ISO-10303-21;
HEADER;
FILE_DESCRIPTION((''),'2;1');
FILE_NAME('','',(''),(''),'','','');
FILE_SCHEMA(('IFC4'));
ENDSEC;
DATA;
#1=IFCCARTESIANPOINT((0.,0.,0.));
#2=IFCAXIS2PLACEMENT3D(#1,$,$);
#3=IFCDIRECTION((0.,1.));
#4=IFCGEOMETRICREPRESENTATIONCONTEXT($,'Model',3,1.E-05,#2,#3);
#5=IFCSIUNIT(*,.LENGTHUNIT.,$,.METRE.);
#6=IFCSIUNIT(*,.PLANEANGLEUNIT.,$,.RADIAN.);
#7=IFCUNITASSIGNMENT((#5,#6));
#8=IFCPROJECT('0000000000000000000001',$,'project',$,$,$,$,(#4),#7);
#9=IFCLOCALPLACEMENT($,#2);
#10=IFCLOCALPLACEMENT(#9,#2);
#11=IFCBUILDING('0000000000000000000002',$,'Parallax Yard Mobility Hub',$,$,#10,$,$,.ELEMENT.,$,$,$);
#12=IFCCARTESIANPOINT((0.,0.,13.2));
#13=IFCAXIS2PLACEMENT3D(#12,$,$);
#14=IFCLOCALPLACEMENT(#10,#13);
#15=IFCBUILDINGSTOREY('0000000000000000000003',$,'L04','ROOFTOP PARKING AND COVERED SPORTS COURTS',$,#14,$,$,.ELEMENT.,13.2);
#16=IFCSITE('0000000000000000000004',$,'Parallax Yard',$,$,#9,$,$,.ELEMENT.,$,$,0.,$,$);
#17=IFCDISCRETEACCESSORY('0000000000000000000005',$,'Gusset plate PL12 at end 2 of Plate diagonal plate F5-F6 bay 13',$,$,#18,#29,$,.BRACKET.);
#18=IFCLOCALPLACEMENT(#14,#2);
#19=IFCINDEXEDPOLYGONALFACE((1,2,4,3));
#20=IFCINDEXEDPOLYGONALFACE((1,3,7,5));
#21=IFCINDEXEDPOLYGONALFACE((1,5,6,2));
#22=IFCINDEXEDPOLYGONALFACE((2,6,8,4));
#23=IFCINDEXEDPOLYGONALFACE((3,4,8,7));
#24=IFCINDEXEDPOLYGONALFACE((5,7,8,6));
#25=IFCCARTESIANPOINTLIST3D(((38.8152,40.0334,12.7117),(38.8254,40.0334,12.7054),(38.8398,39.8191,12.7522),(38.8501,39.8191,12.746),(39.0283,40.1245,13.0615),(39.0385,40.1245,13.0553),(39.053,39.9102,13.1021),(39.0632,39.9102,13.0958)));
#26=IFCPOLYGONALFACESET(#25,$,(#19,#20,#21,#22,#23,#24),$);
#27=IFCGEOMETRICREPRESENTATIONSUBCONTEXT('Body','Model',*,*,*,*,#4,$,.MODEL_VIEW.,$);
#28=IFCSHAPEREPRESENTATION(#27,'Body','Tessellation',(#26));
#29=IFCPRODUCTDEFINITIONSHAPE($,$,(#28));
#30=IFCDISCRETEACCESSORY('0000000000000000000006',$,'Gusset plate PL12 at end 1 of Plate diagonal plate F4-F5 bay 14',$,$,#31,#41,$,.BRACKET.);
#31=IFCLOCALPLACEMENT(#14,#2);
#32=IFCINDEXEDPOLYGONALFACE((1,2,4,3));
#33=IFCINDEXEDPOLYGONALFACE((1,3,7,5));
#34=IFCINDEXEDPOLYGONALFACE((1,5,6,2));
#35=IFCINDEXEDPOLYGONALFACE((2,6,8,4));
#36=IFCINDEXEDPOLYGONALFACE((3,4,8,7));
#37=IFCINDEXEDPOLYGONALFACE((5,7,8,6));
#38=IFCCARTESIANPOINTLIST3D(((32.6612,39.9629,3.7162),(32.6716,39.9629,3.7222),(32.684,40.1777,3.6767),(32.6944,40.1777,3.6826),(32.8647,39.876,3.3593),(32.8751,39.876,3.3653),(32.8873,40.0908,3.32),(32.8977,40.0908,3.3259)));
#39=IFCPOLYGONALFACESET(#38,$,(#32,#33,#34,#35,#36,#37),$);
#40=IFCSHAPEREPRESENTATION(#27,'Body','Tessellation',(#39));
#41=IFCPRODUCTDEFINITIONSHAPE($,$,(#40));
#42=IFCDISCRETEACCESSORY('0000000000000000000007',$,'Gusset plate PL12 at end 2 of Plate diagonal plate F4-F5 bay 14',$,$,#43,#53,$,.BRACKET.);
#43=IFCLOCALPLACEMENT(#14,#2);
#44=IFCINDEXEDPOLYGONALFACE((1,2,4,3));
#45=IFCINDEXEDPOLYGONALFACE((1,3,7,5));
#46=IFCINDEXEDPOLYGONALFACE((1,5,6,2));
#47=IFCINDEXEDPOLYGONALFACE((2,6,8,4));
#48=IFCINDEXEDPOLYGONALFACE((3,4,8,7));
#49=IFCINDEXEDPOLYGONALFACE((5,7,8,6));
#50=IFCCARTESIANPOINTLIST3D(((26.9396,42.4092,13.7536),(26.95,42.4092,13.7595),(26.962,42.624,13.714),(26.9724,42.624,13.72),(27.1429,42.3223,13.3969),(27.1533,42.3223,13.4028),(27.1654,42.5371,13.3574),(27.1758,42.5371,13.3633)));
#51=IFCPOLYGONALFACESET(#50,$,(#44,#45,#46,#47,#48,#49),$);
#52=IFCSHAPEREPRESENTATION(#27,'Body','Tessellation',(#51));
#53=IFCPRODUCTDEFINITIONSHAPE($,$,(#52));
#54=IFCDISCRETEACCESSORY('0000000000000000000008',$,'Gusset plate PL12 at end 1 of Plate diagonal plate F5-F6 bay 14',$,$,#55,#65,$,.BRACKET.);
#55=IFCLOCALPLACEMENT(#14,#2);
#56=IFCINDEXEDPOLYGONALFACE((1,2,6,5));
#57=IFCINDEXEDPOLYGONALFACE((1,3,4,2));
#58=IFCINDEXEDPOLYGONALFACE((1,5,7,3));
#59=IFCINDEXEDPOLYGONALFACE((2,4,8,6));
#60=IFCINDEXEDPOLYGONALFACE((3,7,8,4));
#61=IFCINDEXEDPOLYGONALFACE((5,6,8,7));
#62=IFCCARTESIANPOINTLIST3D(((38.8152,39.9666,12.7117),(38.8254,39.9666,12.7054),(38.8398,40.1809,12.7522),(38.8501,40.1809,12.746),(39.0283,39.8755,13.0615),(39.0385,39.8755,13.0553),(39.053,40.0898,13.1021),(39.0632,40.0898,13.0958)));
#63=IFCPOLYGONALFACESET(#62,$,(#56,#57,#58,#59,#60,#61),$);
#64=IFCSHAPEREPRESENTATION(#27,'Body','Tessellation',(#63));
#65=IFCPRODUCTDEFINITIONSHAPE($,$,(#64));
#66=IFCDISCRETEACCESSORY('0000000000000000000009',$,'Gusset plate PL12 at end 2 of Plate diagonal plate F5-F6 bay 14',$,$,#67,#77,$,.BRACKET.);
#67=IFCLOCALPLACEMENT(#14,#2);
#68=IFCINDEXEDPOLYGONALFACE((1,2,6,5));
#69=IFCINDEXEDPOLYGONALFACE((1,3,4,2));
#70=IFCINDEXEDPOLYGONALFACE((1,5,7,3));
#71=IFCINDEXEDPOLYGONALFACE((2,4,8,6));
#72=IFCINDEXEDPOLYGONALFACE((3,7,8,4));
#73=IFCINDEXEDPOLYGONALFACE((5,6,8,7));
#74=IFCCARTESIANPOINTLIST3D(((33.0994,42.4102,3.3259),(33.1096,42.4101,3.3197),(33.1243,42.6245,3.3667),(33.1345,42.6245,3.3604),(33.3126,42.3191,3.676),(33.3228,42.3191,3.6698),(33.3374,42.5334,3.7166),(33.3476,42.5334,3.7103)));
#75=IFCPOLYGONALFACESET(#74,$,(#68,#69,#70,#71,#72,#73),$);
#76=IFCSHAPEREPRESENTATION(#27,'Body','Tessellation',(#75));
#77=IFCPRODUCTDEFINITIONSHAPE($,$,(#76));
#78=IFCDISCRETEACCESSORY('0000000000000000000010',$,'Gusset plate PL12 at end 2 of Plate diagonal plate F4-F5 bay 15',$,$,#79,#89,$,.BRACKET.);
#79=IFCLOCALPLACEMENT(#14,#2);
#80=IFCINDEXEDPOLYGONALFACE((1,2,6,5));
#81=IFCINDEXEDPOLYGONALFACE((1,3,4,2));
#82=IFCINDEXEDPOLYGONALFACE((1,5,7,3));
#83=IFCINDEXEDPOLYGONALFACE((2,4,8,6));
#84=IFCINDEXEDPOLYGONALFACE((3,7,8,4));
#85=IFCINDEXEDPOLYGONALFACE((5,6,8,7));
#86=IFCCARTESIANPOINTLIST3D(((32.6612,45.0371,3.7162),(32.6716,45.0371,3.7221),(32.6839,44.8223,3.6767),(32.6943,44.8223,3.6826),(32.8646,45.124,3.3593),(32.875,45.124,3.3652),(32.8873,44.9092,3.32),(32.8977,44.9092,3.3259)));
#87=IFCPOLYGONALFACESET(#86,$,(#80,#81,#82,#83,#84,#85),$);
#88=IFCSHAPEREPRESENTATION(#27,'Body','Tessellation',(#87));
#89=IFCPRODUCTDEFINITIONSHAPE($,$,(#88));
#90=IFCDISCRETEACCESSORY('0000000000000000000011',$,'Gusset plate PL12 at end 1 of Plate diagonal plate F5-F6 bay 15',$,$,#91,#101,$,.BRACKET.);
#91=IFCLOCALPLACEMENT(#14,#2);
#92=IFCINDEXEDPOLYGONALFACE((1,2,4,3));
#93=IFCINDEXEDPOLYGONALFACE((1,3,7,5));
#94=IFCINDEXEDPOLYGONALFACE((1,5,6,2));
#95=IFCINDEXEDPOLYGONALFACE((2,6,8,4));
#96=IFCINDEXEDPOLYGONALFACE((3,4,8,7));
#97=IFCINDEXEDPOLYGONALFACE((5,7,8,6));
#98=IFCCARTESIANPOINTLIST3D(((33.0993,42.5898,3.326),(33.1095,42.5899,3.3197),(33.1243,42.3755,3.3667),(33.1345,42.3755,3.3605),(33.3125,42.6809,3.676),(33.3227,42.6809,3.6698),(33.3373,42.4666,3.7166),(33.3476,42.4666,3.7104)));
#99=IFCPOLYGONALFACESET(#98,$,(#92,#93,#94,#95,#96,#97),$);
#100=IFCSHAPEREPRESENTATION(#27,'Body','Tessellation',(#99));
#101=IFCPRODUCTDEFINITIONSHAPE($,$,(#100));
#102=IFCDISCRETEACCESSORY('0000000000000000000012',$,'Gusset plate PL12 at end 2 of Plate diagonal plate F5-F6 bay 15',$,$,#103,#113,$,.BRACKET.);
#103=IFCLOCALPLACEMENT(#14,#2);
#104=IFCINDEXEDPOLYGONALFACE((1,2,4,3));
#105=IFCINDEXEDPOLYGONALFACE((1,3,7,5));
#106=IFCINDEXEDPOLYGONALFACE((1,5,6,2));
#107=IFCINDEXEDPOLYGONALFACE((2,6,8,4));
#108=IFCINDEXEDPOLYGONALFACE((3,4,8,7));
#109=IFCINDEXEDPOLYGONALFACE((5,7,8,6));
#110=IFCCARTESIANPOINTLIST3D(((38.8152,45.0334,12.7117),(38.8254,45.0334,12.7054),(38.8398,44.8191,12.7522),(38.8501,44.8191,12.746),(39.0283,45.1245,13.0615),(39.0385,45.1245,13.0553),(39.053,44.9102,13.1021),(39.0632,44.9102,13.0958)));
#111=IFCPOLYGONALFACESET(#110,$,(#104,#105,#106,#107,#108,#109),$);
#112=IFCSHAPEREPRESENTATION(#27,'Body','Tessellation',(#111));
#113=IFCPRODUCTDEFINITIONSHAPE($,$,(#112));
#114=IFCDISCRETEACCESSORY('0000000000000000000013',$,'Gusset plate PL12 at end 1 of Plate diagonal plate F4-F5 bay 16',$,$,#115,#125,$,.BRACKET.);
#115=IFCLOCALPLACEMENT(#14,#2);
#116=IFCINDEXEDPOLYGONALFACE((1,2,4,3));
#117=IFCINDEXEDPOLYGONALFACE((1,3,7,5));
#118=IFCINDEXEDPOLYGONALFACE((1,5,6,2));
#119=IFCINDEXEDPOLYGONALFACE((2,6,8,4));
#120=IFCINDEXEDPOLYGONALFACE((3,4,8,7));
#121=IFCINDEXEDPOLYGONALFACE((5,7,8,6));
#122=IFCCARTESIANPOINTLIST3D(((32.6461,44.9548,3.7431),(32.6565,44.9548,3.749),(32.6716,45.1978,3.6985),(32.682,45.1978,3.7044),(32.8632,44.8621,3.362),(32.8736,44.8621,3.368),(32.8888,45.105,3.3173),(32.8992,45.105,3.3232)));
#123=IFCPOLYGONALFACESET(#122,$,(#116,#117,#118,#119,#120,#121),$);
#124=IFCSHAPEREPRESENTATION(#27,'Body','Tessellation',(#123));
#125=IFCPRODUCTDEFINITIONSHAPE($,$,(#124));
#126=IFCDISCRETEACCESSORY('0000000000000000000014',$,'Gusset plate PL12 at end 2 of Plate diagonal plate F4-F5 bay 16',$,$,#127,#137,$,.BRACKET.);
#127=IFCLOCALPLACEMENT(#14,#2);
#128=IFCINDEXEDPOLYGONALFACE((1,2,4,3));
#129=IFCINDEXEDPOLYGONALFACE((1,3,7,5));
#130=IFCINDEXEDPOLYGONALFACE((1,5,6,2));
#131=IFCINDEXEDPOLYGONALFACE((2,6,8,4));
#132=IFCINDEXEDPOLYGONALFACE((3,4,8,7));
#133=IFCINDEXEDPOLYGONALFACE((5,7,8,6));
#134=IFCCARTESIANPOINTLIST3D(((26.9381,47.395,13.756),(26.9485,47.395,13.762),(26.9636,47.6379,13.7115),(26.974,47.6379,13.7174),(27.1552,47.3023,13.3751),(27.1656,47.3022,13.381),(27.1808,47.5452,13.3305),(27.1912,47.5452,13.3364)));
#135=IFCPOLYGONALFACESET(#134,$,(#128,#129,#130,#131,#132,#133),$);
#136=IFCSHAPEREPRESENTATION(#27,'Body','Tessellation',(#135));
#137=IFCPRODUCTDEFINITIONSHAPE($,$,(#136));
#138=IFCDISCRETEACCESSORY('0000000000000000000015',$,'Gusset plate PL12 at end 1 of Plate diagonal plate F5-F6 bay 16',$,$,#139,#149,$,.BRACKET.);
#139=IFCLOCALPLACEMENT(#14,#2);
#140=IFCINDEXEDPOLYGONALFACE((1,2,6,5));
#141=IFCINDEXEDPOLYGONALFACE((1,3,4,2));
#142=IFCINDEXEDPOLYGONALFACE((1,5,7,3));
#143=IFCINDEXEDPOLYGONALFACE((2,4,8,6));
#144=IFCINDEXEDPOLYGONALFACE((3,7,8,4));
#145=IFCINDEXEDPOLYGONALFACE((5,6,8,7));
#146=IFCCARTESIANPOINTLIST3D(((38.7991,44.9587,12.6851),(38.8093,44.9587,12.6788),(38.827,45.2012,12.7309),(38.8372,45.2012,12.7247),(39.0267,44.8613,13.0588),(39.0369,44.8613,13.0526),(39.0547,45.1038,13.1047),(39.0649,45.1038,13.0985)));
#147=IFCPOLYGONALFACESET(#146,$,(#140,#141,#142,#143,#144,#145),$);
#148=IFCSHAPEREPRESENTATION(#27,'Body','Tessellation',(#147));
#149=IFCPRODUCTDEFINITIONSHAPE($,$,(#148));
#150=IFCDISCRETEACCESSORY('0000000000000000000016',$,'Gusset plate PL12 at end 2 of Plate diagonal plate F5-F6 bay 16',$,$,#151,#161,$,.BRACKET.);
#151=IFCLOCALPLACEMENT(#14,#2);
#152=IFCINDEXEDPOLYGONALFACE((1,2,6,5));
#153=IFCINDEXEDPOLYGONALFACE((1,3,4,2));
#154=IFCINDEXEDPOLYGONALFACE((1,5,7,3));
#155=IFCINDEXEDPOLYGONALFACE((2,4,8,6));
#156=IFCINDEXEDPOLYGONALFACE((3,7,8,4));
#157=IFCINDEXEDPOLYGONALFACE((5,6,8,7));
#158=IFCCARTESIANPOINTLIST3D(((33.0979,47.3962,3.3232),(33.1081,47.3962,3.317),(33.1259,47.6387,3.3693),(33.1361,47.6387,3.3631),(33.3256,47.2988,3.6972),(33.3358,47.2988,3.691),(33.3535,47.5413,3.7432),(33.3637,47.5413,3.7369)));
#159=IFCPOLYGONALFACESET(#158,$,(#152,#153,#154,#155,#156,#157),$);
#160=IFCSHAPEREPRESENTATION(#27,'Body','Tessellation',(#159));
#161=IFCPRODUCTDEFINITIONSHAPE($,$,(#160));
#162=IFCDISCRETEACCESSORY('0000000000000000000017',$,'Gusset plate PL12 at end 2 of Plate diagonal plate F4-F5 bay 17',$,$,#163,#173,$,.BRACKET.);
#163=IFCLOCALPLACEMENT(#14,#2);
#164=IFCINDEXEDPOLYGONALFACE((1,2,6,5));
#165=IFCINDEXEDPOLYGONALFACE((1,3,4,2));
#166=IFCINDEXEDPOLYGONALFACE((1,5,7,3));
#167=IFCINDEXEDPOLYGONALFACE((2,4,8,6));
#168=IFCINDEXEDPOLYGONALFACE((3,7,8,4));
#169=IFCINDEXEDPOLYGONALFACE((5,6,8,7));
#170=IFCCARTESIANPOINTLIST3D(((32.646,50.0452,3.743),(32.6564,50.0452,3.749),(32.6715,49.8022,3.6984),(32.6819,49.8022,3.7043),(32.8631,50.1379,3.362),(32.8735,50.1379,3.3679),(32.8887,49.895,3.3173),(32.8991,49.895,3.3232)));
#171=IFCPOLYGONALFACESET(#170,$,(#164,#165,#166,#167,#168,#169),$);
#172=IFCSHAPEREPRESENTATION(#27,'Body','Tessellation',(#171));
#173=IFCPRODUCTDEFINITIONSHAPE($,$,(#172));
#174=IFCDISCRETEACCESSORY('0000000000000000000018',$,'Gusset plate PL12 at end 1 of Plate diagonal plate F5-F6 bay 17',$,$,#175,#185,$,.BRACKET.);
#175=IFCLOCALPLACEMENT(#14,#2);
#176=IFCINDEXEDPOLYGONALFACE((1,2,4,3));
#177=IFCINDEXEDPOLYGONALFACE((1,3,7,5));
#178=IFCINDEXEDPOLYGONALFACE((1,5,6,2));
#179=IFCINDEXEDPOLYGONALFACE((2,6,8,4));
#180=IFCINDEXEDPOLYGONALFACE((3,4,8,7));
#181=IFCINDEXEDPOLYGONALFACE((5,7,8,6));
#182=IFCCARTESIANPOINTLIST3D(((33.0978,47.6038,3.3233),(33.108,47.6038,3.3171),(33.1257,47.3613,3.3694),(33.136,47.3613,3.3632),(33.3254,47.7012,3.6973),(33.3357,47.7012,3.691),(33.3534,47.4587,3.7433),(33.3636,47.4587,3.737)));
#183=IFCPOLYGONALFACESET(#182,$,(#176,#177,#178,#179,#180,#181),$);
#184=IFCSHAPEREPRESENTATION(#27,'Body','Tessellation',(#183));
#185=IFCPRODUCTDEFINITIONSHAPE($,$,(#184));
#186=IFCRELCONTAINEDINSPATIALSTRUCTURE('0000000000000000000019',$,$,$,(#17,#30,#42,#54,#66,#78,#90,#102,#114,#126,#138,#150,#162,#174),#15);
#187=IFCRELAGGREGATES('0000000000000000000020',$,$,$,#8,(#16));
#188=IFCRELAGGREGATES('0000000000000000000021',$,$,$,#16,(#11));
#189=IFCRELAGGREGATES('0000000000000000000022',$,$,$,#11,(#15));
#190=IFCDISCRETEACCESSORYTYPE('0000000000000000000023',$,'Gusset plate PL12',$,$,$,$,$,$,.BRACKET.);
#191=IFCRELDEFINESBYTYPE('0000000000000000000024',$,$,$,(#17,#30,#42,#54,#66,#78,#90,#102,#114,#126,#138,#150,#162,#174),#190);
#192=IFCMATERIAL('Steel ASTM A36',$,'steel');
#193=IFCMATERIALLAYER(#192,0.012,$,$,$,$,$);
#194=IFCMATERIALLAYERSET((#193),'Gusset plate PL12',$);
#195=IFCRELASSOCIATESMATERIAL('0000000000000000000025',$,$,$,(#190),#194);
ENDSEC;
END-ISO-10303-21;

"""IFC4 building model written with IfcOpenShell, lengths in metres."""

from ifc_helpers import new_model, si_unit, direction, frame, origin, place, context, subcontext, project, spatial, polyline, outline, extrude, material, layer, layer_set, type_object, element, save


model = new_model("IFC4")

# Units and contexts
model_context = context("Model", 3, precision=1e-05, world=origin(), true_north=direction((0.0, 1.0)))
body_context = subcontext(model_context, "Body", "Model", "MODEL_VIEW")
ifc_project = project(units=[si_unit("LENGTHUNIT", "METRE"), si_unit("PLANEANGLEUNIT", "RADIAN")], contexts=[model_context])

# Site, building, storey
site_placement = place(None, origin())
site = spatial("IfcSite", under=ifc_project, at=site_placement, Name="Parallax Yard", CompositionType="ELEMENT", RefElevation=0.0)
building_placement = place(site_placement, origin())
building = spatial("IfcBuilding", under=site, at=building_placement, Name="Parallax Yard Mobility Hub", CompositionType="ELEMENT")
storey_placement = place(building_placement, frame((0.0, 0.0, 13.2)))
storey = spatial("IfcBuildingStorey", under=building, at=storey_placement, Name="L04", Description="ROOFTOP PARKING AND COVERED SPORTS COURTS", CompositionType="ELEMENT", Elevation=13.2)

# Discrete accessories
ifc_material_1 = material(Name="Steel ASTM A36", Category="steel")
ifc_layer = layer(ifc_material_1, 0.012)
ifc_layer_set = layer_set([ifc_layer], Name="Gusset plate PL12")
discrete_accessory_type = type_object("IfcDiscreteAccessoryType", Name="Gusset plate PL12", PredefinedType="BRACKET", material=ifc_layer_set)
discrete_accessory_1_placement = place(storey_placement, frame((38.8398, 39.8191, 12.7522), z_axis=(-0.854017, 0.00012, 0.520246), x_axis=(0.507872, 0.216994, 0.833654)))
element("IfcDiscreteAccessory", 1, at=discrete_accessory_1_placement, inside=storey, type_object=discrete_accessory_type, Name="Gusset plate PL12 at end 2 of Plate diagonal plate F5-F6 bay 13", PredefinedType="BRACKET", context=body_context, shape_type="SweptSolid", body=[
    extrude(outline(polyline([(0.0, 0.0), (0.4197, 0.0), (0.4199, 0.2195), (0.0002, 0.2195), (0.0, 0.0)])), origin(), (0.0, 0.0, -1.0), 0.012),
])
discrete_accessory_2_placement = place(storey_placement, frame((32.6716, 39.9629, 3.7222), z_axis=(0.868697, -0.000899, 0.495343), x_axis=(0.484455, -0.206988, -0.849976)))
element("IfcDiscreteAccessory", 2, at=discrete_accessory_2_placement, inside=storey, type_object=discrete_accessory_type, Name="Gusset plate PL12 at end 1 of Plate diagonal plate F4-F5 bay 14", PredefinedType="BRACKET", context=body_context, shape_type="SweptSolid", body=[
    extrude(outline(polyline([(0.0, 0.0), (0.4199, 0.0), (0.4198, 0.2196), (0.0001, 0.2196), (0.0, 0.0)])), origin(), (0.0, 0.0, -1.0), 0.012),
])
discrete_accessory_3_placement = place(storey_placement, frame((27.1758, 42.5371, 13.3633), z_axis=(0.868755, 0.000345, 0.495243), x_axis=(-0.484569, 0.207091, 0.849886)))
element("IfcDiscreteAccessory", 3, at=discrete_accessory_3_placement, inside=storey, type_object=discrete_accessory_type, Name="Gusset plate PL12 at end 2 of Plate diagonal plate F4-F5 bay 14", PredefinedType="BRACKET", context=body_context, shape_type="SweptSolid", body=[
    extrude(outline(polyline([(0.0, 0.0), (0.4197, 0.0), (0.4197, 0.2196), (0.0, 0.2196), (0.0, 0.0)])), origin(), (0.0, 0.0, -1.0), 0.012),
])
discrete_accessory_4_placement = place(storey_placement, frame((38.8152, 39.9666, 12.7117), z_axis=(-0.854017, -0.00012, 0.520246), x_axis=(0.507872, -0.216994, 0.833654)))
element("IfcDiscreteAccessory", 4, at=discrete_accessory_4_placement, inside=storey, type_object=discrete_accessory_type, Name="Gusset plate PL12 at end 1 of Plate diagonal plate F5-F6 bay 14", PredefinedType="BRACKET", context=body_context, shape_type="SweptSolid", body=[
    extrude(outline(polyline([(0.0, 0.0), (0.4197, 0.0), (0.4195, 0.2195), (-0.0002, 0.2195), (0.0, 0.0)])), origin(), (0.0, 0.0, -1.0), 0.012),
])
discrete_accessory_5_placement = place(storey_placement, frame((33.3374, 42.5334, 3.7166), z_axis=(-0.854019, 0.000558, 0.520242), x_axis=(-0.507743, 0.216994, -0.833733)))
element("IfcDiscreteAccessory", 5, at=discrete_accessory_5_placement, inside=storey, type_object=discrete_accessory_type, Name="Gusset plate PL12 at end 2 of Plate diagonal plate F5-F6 bay 14", PredefinedType="BRACKET", context=body_context, shape_type="SweptSolid", body=[
    extrude(outline(polyline([(0.0, 0.0), (0.4197, 0.0), (0.4198, 0.2196), (-0.0001, 0.2196), (0.0, 0.0)])), origin(), (0.0, 0.0, -1.0), 0.012),
])
discrete_accessory_6_placement = place(storey_placement, frame((32.6943, 44.8223, 3.6826), z_axis=(0.868697, 0.000899, 0.495343), x_axis=(0.484444, 0.207091, -0.849958)))
element("IfcDiscreteAccessory", 6, at=discrete_accessory_6_placement, inside=storey, type_object=discrete_accessory_type, Name="Gusset plate PL12 at end 2 of Plate diagonal plate F4-F5 bay 15", PredefinedType="BRACKET", context=body_context, shape_type="SweptSolid", body=[
    extrude(outline(polyline([(0.0, 0.0), (0.4197, 0.0), (0.4198, 0.2196), (-0.0001, 0.2196), (0.0, 0.0)])), origin(), (0.0, 0.0, -1.0), 0.012),
])
discrete_accessory_7_placement = place(storey_placement, frame((33.3125, 42.6809, 3.676), z_axis=(-0.854019, -0.000558, 0.520242), x_axis=(-0.507755, -0.216889, -0.833753)))
element("IfcDiscreteAccessory", 7, at=discrete_accessory_7_placement, inside=storey, type_object=discrete_accessory_type, Name="Gusset plate PL12 at end 1 of Plate diagonal plate F5-F6 bay 15", PredefinedType="BRACKET", context=body_context, shape_type="SweptSolid", body=[
    extrude(outline(polyline([(0.0, 0.0), (0.4199, 0.0), (0.4197, 0.2196), (0.0001, 0.2196), (0.0, 0.0)])), origin(), (0.0, 0.0, -1.0), 0.012),
])
discrete_accessory_8_placement = place(storey_placement, frame((38.8398, 44.8191, 12.7522), z_axis=(-0.854017, 0.00012, 0.520246), x_axis=(0.507872, 0.216994, 0.833654)))
element("IfcDiscreteAccessory", 8, at=discrete_accessory_8_placement, inside=storey, type_object=discrete_accessory_type, Name="Gusset plate PL12 at end 2 of Plate diagonal plate F5-F6 bay 15", PredefinedType="BRACKET", context=body_context, shape_type="SweptSolid", body=[
    extrude(outline(polyline([(0.0, 0.0), (0.4197, 0.0), (0.4199, 0.2195), (0.0002, 0.2195), (0.0, 0.0)])), origin(), (0.0, 0.0, -1.0), 0.012),
])
discrete_accessory_9_placement = place(storey_placement, frame((32.6565, 44.9548, 3.749), z_axis=(0.868823, -0.000185, 0.495124), x_axis=(0.484371, -0.206955, -0.850032)))
element("IfcDiscreteAccessory", 9, at=discrete_accessory_9_placement, inside=storey, type_object=discrete_accessory_type, Name="Gusset plate PL12 at end 1 of Plate diagonal plate F4-F5 bay 16", PredefinedType="BRACKET", context=body_context, shape_type="SweptSolid", body=[
    extrude(outline(polyline([(0.0, 0.0), (0.4483, 0.0), (0.4484, 0.2483), (0.0, 0.2483), (0.0, 0.0)])), origin(), (0.0, 0.0, -1.0), 0.012),
])
discrete_accessory_10_placement = place(storey_placement, frame((27.1912, 47.5452, 13.3364), z_axis=(0.868732, -0.000396, 0.495282), x_axis=(-0.484488, 0.206955, 0.849965)))
element("IfcDiscreteAccessory", 10, at=discrete_accessory_10_placement, inside=storey, type_object=discrete_accessory_type, Name="Gusset plate PL12 at end 2 of Plate diagonal plate F4-F5 bay 16", PredefinedType="BRACKET", context=body_context, shape_type="SweptSolid", body=[
    extrude(outline(polyline([(0.0, 0.0), (0.4483, 0.0), (0.4482, 0.2483), (0.0, 0.2483), (0.0, 0.0)])), origin(), (0.0, 0.0, -1.0), 0.012),
])
discrete_accessory_11_placement = place(storey_placement, frame((38.7991, 44.9587, 12.6851), z_axis=(-0.854054, -0.000006, 0.520185), x_axis=(0.507757, -0.217292, 0.833647)))
element("IfcDiscreteAccessory", 11, at=discrete_accessory_11_placement, inside=storey, type_object=discrete_accessory_type, Name="Gusset plate PL12 at end 1 of Plate diagonal plate F5-F6 bay 16", PredefinedType="BRACKET", context=body_context, shape_type="SweptSolid", body=[
    extrude(outline(polyline([(0.0, 0.0), (0.4483, 0.0), (0.4481, 0.2483), (-0.0003, 0.2483), (0.0, 0.0)])), origin(), (0.0, 0.0, -1.0), 0.012),
])
discrete_accessory_12_placement = place(storey_placement, frame((33.3535, 47.5413, 3.7432), z_axis=(-0.854155, -0.000225, 0.520019), x_axis=(-0.507643, 0.217232, -0.833732)))
element("IfcDiscreteAccessory", 12, at=discrete_accessory_12_placement, inside=storey, type_object=discrete_accessory_type, Name="Gusset plate PL12 at end 2 of Plate diagonal plate F5-F6 bay 16", PredefinedType="BRACKET", context=body_context, shape_type="SweptSolid", body=[
    extrude(outline(polyline([(0.0, 0.0), (0.4484, 0.0), (0.4484, 0.2483), (-0.0001, 0.2483), (0.0, 0.0)])), origin(), (0.0, 0.0, -1.0), 0.012),
])
discrete_accessory_13_placement = place(storey_placement, frame((32.6819, 49.8022, 3.7043), z_axis=(0.868823, 0.000185, 0.495124), x_axis=(0.484377, 0.2069, -0.850042)))
element("IfcDiscreteAccessory", 13, at=discrete_accessory_13_placement, inside=storey, type_object=discrete_accessory_type, Name="Gusset plate PL12 at end 2 of Plate diagonal plate F4-F5 bay 17", PredefinedType="BRACKET", context=body_context, shape_type="SweptSolid", body=[
    extrude(outline(polyline([(0.0, 0.0), (0.4484, 0.0), (0.4483, 0.2483), (0.0, 0.2483), (0.0, 0.0)])), origin(), (0.0, 0.0, -1.0), 0.012),
])
discrete_accessory_14_placement = place(storey_placement, frame((33.3254, 47.7012, 3.6973), z_axis=(-0.854155, 0.000225, 0.520019), x_axis=(-0.507647, -0.217193, -0.833739)))
element("IfcDiscreteAccessory", 14, at=discrete_accessory_14_placement, inside=storey, type_object=discrete_accessory_type, Name="Gusset plate PL12 at end 1 of Plate diagonal plate F5-F6 bay 17", PredefinedType="BRACKET", context=body_context, shape_type="SweptSolid", body=[
    extrude(outline(polyline([(0.0, 0.0), (0.4485, 0.0), (0.4486, 0.2483), (0.0001, 0.2483), (0.0, 0.0)])), origin(), (0.0, 0.0, -1.0), 0.012),
])

save(model, "model.ifc")
